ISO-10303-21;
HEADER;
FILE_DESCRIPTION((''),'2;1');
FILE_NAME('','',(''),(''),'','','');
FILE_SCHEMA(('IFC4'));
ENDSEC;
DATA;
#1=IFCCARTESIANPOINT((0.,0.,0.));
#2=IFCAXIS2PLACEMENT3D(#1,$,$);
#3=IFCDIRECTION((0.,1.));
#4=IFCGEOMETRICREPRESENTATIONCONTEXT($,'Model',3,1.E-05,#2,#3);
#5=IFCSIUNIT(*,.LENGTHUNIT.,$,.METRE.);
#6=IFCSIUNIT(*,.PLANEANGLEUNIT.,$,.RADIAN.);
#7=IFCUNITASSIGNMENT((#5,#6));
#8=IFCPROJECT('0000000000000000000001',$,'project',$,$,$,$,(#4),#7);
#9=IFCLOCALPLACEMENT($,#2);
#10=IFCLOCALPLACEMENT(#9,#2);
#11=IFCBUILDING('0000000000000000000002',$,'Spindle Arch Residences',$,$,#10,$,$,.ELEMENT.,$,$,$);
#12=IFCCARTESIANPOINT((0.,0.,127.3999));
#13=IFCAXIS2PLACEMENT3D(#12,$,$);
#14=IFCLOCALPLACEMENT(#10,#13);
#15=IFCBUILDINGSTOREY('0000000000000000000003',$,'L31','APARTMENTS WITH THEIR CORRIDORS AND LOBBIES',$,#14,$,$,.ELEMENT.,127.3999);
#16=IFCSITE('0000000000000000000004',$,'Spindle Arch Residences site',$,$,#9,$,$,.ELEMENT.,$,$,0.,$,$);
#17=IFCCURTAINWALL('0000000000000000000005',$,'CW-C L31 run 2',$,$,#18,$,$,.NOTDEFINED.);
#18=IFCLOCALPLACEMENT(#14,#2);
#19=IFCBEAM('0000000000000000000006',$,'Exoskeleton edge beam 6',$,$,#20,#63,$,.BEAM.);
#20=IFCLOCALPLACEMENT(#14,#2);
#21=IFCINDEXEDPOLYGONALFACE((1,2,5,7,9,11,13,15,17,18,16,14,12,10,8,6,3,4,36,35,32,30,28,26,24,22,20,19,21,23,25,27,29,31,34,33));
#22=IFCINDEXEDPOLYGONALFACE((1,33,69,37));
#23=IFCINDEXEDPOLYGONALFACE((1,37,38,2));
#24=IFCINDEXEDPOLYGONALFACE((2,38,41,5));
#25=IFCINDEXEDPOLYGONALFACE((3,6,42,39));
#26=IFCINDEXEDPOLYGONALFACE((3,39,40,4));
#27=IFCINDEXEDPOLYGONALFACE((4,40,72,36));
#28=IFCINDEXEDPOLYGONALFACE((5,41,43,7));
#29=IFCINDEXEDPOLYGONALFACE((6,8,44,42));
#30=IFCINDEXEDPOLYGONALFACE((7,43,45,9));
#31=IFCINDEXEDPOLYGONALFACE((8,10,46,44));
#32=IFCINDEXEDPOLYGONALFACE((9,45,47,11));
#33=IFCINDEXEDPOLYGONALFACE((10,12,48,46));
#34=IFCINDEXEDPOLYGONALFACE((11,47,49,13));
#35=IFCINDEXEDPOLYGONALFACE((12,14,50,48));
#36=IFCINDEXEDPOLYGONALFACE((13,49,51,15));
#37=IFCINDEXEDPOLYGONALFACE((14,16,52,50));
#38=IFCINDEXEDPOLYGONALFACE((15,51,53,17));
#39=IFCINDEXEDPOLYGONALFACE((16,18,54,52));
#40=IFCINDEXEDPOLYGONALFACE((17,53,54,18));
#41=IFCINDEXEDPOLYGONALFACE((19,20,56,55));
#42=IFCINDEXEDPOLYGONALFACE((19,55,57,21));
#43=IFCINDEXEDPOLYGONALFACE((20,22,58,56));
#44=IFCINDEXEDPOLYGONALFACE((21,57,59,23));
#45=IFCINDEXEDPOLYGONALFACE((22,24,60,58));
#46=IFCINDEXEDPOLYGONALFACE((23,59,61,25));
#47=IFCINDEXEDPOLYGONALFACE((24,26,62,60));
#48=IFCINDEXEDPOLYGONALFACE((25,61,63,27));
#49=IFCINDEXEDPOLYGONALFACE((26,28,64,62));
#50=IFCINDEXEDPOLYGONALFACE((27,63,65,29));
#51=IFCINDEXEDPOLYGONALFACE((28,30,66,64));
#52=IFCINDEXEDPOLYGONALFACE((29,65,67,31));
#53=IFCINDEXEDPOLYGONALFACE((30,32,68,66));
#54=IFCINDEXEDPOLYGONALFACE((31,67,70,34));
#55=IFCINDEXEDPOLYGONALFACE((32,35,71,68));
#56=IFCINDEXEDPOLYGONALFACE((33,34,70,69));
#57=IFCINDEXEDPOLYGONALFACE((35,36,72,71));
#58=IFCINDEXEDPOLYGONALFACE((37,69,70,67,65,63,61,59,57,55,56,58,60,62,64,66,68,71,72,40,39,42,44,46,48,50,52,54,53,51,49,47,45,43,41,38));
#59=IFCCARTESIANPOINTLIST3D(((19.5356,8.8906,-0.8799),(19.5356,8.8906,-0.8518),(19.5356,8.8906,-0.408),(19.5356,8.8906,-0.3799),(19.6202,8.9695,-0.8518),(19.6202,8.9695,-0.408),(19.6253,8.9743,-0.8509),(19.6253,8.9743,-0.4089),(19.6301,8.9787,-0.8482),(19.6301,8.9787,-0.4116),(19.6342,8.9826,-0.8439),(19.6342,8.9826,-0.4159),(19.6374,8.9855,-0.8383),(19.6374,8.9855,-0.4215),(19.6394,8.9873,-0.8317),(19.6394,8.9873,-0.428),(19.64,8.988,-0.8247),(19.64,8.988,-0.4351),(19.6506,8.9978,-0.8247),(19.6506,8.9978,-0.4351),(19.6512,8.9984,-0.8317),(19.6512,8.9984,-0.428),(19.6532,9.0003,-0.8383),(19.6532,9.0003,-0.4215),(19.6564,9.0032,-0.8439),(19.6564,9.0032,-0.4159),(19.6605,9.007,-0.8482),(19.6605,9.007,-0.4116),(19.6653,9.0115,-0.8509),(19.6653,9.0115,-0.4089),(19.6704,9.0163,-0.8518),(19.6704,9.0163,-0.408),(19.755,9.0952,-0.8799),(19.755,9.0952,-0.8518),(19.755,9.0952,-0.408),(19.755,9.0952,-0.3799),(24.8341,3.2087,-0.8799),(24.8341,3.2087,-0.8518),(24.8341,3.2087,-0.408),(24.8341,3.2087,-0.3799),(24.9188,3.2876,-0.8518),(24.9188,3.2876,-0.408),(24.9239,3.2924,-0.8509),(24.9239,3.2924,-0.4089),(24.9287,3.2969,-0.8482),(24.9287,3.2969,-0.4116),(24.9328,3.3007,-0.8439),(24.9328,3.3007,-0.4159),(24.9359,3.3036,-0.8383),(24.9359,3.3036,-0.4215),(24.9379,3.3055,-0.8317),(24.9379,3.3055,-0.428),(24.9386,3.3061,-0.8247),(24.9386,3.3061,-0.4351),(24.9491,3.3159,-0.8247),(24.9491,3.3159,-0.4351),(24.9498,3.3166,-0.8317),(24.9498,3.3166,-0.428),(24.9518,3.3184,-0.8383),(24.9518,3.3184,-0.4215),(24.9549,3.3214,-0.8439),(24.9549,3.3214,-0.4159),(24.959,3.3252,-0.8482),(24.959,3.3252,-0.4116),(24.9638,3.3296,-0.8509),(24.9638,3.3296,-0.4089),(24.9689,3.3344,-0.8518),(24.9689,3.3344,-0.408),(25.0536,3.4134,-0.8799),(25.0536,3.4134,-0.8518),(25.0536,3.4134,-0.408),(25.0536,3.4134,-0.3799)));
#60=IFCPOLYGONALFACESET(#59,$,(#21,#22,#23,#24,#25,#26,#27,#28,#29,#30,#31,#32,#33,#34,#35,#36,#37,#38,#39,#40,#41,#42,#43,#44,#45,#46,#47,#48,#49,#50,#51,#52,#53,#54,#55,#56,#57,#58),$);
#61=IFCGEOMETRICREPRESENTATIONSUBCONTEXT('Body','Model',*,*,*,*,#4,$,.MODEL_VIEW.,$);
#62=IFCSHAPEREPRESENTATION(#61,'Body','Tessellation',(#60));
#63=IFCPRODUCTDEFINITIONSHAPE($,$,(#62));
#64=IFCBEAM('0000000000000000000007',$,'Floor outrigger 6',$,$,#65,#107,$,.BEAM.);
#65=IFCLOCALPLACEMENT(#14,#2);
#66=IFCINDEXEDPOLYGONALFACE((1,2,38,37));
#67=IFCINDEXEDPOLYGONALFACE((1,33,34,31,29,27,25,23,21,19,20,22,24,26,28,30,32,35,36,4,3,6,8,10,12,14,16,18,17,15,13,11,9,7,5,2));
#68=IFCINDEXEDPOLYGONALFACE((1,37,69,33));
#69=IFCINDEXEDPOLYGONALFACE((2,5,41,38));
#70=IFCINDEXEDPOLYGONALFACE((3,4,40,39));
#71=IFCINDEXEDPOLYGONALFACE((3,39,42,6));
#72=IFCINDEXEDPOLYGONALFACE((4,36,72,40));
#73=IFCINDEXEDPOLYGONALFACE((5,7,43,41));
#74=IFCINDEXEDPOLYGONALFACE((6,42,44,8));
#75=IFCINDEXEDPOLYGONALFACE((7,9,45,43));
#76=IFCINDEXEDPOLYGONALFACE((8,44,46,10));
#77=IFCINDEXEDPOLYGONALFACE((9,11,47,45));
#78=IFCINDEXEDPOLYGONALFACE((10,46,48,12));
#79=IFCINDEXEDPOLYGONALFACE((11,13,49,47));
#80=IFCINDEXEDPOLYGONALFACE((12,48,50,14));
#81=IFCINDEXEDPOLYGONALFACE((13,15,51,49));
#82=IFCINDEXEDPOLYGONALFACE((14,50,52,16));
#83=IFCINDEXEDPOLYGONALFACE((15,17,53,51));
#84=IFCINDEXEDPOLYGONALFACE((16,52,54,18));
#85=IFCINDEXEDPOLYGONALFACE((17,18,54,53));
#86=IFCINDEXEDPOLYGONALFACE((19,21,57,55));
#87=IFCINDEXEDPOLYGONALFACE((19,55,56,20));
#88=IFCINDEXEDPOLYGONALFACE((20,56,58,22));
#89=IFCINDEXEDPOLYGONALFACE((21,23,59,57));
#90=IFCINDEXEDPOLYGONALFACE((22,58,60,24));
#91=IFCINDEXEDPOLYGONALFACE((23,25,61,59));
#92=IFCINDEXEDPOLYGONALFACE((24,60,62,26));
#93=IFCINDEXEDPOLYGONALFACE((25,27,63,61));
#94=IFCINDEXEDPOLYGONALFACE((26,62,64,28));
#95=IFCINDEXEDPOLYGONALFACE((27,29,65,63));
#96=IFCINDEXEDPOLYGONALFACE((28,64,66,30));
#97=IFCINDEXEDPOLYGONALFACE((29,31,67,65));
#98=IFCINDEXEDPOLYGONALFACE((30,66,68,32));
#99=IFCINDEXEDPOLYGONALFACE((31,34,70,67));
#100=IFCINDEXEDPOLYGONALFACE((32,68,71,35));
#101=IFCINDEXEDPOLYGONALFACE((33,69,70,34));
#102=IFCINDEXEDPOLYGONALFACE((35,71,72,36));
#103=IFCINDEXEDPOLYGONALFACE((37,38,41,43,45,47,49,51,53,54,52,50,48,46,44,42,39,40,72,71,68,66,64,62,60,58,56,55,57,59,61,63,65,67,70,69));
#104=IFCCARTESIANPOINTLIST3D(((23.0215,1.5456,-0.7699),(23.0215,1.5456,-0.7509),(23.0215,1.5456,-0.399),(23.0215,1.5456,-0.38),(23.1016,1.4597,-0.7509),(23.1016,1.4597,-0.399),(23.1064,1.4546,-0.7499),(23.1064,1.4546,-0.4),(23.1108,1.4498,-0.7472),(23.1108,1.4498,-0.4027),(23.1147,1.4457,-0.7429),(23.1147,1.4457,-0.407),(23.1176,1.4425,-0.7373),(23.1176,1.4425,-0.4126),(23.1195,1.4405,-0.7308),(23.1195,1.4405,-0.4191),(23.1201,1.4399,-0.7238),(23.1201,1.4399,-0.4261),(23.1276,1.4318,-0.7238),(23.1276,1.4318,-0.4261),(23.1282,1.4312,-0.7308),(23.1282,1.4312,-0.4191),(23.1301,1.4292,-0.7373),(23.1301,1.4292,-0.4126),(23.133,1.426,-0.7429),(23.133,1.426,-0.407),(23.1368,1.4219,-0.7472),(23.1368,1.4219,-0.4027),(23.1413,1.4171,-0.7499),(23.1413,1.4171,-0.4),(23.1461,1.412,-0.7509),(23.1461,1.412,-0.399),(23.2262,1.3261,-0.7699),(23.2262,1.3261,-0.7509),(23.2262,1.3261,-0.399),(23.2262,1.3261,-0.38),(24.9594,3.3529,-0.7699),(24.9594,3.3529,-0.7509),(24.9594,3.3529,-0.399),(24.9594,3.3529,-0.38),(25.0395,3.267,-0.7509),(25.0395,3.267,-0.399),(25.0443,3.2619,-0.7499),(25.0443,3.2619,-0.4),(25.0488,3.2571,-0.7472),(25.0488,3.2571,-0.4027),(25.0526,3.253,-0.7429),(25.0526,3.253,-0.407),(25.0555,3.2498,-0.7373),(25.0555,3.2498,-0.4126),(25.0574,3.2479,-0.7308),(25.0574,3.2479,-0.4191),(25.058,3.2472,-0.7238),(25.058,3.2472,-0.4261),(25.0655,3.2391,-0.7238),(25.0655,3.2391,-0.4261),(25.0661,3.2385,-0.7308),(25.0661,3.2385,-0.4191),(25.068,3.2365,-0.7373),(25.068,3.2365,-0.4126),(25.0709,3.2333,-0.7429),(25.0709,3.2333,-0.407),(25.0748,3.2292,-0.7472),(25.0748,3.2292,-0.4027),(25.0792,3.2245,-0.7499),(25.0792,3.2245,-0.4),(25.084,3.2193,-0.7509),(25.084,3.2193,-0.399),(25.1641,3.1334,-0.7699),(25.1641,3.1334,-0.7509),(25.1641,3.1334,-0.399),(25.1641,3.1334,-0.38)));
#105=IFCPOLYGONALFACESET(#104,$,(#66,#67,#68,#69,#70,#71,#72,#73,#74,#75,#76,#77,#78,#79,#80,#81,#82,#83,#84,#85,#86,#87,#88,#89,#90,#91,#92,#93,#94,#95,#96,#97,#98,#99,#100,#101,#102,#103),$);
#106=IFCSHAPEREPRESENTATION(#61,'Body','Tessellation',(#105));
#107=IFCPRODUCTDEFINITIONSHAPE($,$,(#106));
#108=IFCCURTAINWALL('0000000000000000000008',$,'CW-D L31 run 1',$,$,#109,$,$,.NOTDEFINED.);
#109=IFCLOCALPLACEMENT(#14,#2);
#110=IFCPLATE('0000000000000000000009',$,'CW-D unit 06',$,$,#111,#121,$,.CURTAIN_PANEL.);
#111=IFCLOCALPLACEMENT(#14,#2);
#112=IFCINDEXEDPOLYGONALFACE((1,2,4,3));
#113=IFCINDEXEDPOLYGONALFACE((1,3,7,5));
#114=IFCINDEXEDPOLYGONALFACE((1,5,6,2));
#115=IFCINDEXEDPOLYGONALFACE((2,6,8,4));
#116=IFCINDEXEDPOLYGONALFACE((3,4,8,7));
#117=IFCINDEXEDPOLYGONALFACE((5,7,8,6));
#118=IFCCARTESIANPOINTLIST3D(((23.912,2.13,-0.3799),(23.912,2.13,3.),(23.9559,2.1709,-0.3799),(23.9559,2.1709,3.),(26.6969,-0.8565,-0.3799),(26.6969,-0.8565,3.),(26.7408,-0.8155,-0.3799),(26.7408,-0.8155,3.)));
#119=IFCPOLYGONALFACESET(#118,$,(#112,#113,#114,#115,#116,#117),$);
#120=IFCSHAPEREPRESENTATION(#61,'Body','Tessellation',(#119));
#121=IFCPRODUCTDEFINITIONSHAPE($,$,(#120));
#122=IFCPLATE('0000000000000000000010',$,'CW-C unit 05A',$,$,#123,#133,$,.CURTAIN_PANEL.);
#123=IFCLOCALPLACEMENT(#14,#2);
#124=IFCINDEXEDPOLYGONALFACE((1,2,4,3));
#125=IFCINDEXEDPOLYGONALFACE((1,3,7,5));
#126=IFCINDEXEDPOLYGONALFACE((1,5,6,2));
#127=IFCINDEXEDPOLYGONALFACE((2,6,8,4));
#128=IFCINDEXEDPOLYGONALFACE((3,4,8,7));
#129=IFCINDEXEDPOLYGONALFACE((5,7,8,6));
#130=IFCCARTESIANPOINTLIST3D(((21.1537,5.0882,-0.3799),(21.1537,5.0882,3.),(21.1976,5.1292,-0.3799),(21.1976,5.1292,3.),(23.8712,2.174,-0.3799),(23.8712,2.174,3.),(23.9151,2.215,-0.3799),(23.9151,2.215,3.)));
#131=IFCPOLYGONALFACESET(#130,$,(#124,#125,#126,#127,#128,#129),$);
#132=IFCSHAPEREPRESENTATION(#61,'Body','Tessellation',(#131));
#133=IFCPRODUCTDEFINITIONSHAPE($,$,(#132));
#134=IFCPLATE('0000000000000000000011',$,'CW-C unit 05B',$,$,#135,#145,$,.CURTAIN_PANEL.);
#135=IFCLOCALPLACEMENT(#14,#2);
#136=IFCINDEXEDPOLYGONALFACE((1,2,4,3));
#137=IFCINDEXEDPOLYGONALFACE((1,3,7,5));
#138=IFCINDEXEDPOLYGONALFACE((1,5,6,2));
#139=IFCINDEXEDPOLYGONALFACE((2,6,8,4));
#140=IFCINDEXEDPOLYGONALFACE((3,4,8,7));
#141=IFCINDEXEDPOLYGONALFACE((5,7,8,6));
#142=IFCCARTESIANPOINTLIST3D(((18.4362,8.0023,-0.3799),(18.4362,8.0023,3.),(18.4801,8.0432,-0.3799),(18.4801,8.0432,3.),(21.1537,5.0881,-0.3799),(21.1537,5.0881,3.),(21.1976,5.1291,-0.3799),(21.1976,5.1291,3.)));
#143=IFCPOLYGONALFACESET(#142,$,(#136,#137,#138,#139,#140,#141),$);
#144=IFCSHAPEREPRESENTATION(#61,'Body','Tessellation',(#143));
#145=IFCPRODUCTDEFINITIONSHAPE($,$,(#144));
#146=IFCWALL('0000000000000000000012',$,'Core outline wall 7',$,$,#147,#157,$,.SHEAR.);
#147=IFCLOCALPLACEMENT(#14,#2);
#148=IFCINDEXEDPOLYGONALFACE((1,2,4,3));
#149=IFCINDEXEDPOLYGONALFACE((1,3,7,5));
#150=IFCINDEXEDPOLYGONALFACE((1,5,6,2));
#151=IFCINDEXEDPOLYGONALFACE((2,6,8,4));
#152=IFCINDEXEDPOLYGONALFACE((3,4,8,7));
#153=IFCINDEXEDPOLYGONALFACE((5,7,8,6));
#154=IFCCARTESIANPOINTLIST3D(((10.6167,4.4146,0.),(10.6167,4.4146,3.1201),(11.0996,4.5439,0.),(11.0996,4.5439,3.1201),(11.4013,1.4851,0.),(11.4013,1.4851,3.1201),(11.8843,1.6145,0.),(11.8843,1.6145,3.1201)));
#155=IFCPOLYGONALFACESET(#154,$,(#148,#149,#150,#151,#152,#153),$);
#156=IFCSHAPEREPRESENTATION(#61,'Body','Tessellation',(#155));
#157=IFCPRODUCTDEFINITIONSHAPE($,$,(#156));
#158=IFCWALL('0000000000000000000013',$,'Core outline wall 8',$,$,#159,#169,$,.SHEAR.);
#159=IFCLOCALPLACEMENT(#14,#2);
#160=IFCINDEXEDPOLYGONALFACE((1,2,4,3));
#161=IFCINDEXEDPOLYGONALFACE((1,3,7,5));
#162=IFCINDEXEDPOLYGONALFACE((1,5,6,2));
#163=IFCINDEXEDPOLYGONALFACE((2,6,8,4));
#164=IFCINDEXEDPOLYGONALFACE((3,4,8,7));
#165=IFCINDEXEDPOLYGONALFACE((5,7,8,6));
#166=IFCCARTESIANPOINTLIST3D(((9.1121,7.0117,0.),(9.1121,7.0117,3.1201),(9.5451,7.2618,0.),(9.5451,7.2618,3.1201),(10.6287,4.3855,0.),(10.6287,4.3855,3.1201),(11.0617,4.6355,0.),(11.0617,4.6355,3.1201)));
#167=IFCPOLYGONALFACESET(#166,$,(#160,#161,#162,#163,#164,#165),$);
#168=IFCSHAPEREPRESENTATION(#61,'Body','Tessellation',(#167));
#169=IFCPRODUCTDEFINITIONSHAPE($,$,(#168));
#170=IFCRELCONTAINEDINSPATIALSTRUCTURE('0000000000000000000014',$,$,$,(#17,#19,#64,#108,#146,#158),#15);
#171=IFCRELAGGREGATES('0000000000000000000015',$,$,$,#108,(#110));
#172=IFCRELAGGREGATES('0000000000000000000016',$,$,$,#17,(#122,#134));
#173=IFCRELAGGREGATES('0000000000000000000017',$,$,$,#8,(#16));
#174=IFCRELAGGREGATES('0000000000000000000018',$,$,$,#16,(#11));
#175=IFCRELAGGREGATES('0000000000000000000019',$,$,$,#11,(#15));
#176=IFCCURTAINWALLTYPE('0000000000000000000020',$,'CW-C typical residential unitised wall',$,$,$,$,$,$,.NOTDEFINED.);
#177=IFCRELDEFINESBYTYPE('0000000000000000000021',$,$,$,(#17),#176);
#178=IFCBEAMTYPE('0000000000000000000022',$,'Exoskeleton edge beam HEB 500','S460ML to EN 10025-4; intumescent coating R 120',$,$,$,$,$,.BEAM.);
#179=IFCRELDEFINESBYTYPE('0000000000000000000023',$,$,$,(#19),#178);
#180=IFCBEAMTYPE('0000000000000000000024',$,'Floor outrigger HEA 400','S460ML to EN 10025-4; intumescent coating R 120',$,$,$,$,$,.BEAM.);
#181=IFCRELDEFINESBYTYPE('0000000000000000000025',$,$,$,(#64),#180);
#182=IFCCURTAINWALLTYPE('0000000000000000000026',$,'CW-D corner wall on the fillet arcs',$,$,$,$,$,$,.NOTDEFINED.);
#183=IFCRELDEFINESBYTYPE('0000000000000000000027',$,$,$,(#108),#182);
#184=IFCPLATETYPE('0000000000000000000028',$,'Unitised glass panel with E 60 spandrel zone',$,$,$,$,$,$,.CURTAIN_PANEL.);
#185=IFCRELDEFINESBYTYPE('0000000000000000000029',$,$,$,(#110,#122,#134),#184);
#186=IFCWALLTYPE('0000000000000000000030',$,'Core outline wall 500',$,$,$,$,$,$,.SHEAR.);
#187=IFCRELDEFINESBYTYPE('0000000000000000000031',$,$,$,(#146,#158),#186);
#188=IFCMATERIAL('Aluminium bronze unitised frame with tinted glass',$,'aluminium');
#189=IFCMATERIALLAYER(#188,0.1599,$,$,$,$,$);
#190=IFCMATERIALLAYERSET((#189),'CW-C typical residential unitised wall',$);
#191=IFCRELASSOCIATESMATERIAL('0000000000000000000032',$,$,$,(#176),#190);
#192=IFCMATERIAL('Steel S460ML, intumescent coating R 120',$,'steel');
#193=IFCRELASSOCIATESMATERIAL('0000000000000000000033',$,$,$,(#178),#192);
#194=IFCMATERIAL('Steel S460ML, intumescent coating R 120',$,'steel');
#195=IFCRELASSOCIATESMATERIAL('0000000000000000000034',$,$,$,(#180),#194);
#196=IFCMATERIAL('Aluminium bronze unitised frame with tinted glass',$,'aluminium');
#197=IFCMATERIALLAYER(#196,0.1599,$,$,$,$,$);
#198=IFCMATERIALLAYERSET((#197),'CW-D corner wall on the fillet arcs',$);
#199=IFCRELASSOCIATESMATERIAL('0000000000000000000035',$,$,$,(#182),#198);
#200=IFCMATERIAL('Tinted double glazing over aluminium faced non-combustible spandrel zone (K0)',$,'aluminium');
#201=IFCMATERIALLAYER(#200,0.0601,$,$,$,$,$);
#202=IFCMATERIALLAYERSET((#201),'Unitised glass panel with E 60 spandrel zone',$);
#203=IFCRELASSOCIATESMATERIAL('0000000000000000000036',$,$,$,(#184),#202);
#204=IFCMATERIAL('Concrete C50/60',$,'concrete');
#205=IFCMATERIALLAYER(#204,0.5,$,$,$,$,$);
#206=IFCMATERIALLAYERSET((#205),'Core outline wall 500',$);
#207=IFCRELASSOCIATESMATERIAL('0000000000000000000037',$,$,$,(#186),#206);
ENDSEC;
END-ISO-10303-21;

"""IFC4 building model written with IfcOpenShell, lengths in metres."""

from ifc_helpers import new_model, si_unit, direction, frame, frame_2d, origin, origin_2d, place, context, subcontext, project, spatial, rectangle, i_section, extrude, material, layer, layer_set, material_profile, profile_set, type_object, element, aggregate, save


model = new_model("IFC4")

# Units and contexts
model_context = context("Model", 3, precision=1e-05, world=origin(), true_north=direction((0.0, 1.0)))
body_context = subcontext(model_context, "Body", "Model", "MODEL_VIEW")
ifc_project = project(units=[si_unit("LENGTHUNIT", "METRE"), si_unit("PLANEANGLEUNIT", "RADIAN")], contexts=[model_context])

# Site, building, storey
site_placement = place(None, origin())
site = spatial("IfcSite", under=ifc_project, at=site_placement, Name="Spindle Arch Residences site", CompositionType="ELEMENT", RefElevation=0.0)
building_placement = place(site_placement, origin())
building = spatial("IfcBuilding", under=site, at=building_placement, Name="Spindle Arch Residences", CompositionType="ELEMENT")
storey_placement = place(building_placement, frame((0.0, 0.0, 127.3999)))
storey = spatial("IfcBuildingStorey", under=building, at=storey_placement, Name="L31", Description="APARTMENTS WITH THEIR CORRIDORS AND LOBBIES", CompositionType="ELEMENT", Elevation=127.3999)

# Curtain wall
ifc_material_1 = material(Name="Aluminium bronze unitised frame with tinted glass", Category="aluminium")
ifc_layer_1 = layer(ifc_material_1, 0.1599)
ifc_layer_set_1 = layer_set([ifc_layer_1], Name="CW-C typical residential unitised wall")
curtain_wall_type_1 = type_object("IfcCurtainWallType", Name="CW-C typical residential unitised wall", PredefinedType="NOTDEFINED", material=ifc_layer_set_1)
curtain_wall_1_placement = place(storey_placement, origin())
curtain_wall_1 = element("IfcCurtainWall", 1, at=curtain_wall_1_placement, inside=storey, type_object=curtain_wall_type_1, Name="CW-C L31 run 2", PredefinedType="NOTDEFINED")

# Beams
ifc_material_2 = material(Name="Steel S460ML, intumescent coating R 120", Category="steel")
ifc_material_profile_1 = material_profile(ifc_material_2, i_section(OverallWidth=0.3, OverallDepth=0.5, WebThickness=0.0144, FlangeThickness=0.0281, FilletRadius=0.0271, at=origin_2d()), Name="HEB 500")
ifc_profile_set_1 = profile_set([ifc_material_profile_1], Name="Steel S460ML, intumescent coating R 120")
beam_type_1 = type_object("IfcBeamType", Name="Exoskeleton edge beam HEB 500", Description="S460ML to EN 10025-4; intumescent coating R 120", PredefinedType="BEAM", material=ifc_profile_set_1)
beam_1_placement = place(storey_placement, frame((24.9438, 3.311, -0.6299), z_axis=(-0.682008, 0.731345, 0.0), x_axis=(-0.731345, -0.682008, 0.0)))
element("IfcBeam", 2, at=beam_1_placement, inside=storey, type_object=beam_type_1, Name="Exoskeleton edge beam 6", PredefinedType="BEAM", context=body_context, shape_type="SweptSolid", body=[
    extrude(i_section(OverallWidth=0.3, OverallDepth=0.5, WebThickness=0.0144, FlangeThickness=0.0281, FilletRadius=0.0271, at=origin_2d()), origin(), (0.0, 0.0, 1.0), 7.769),
])
ifc_material_3 = material(Name="Steel S460ML, intumescent coating R 120", Category="steel")
ifc_material_profile_2 = material_profile(ifc_material_3, i_section(OverallWidth=0.3, OverallDepth=0.3899, WebThickness=0.011, FlangeThickness=0.019, FilletRadius=0.0271, at=origin_2d()), Name="HEA 400")
ifc_profile_set_2 = profile_set([ifc_material_profile_2], Name="Steel S460ML, intumescent coating R 120")
beam_type_2 = type_object("IfcBeamType", Name="Floor outrigger HEA 400", Description="S460ML to EN 10025-4; intumescent coating R 120", PredefinedType="BEAM", material=ifc_profile_set_2)
beam_2_placement = place(storey_placement, frame((25.0618, 3.2432, -0.575), z_axis=(-0.731322, -0.682033, 0.0), x_axis=(0.682033, -0.731322, 0.0)))
element("IfcBeam", 3, at=beam_2_placement, inside=storey, type_object=beam_type_2, Name="Floor outrigger 6", PredefinedType="BEAM", context=body_context, shape_type="SweptSolid", body=[
    extrude(i_section(OverallWidth=0.3, OverallDepth=0.3899, WebThickness=0.011, FlangeThickness=0.019, FilletRadius=0.0271, at=origin_2d()), origin(), (0.0, 0.0, 1.0), 2.6499),
])

# Curtain wall, plate
ifc_material_4 = material(Name="Aluminium bronze unitised frame with tinted glass", Category="aluminium")
ifc_layer_2 = layer(ifc_material_4, 0.1599)
ifc_layer_set_2 = layer_set([ifc_layer_2], Name="CW-D corner wall on the fillet arcs")
curtain_wall_type_2 = type_object("IfcCurtainWallType", Name="CW-D corner wall on the fillet arcs", PredefinedType="NOTDEFINED", material=ifc_layer_set_2)
curtain_wall_2_placement = place(storey_placement, origin())
curtain_wall_2 = element("IfcCurtainWall", 4, at=curtain_wall_2_placement, inside=storey, type_object=curtain_wall_type_2, Name="CW-D L31 run 1", PredefinedType="NOTDEFINED")
ifc_material_5 = material(Name="Tinted double glazing over aluminium faced non-combustible spandrel zone (K0)", Category="aluminium")
ifc_layer_3 = layer(ifc_material_5, 0.0601)
ifc_layer_set_3 = layer_set([ifc_layer_3], Name="Unitised glass panel with E 60 spandrel zone")
plate_type = type_object("IfcPlateType", Name="Unitised glass panel with E 60 spandrel zone", PredefinedType="CURTAIN_PANEL", material=ifc_layer_set_3)
plate_1_placement = place(storey_placement, frame((25.3264, 0.6572, -0.3799), z_axis=(0.0, 0.0, 1.0), x_axis=(-0.681998, 0.731354, 0.0)))
plate_1 = element("IfcPlate", 5, at=plate_1_placement, type_object=plate_type, Name="CW-D unit 06", PredefinedType="CURTAIN_PANEL", context=body_context, shape_type="SweptSolid", body=[
    extrude(rectangle(XDim=4.0835, YDim=0.0601, at=origin_2d()), origin(), (0.0, 0.0, 1.0), 3.3799),
])
aggregate(curtain_wall_2, [plate_1])

# Plates
plate_2_placement = place(storey_placement, frame((22.5344, 3.6516, -0.3799), z_axis=(0.0, 0.0, 1.0), x_axis=(-0.681998, 0.731354, 0.0)))
plate_2 = element("IfcPlate", 6, at=plate_2_placement, type_object=plate_type, Name="CW-C unit 05A", PredefinedType="CURTAIN_PANEL", context=body_context, shape_type="SweptSolid", body=[
    extrude(rectangle(XDim=3.9846, YDim=0.0601, at=origin_2d()), origin(), (0.0, 0.0, 1.0), 3.3799),
])
plate_3_placement = place(storey_placement, frame((19.8169, 6.5657, -0.3799), z_axis=(0.0, 0.0, 1.0), x_axis=(-0.681998, 0.731354, 0.0)))
plate_3 = element("IfcPlate", 7, at=plate_3_placement, type_object=plate_type, Name="CW-C unit 05B", PredefinedType="CURTAIN_PANEL", context=body_context, shape_type="SweptSolid", body=[
    extrude(rectangle(XDim=3.9846, YDim=0.0601, at=origin_2d()), origin(), (0.0, 0.0, 1.0), 3.3799),
])
aggregate(curtain_wall_1, [plate_2, plate_3])

# Walls
ifc_material_6 = material(Name="Concrete C50/60", Category="concrete")
ifc_layer_4 = layer(ifc_material_6, 0.5)
ifc_layer_set_4 = layer_set([ifc_layer_4], Name="Core outline wall 500")
wall_type_1 = type_object("IfcWallType", Name="Core outline wall 500", PredefinedType="SHEAR", material=ifc_layer_set_4)
for number, where, z_axis, x_axis, name in (
    (8, (11.6428, 1.5498, 0.0), (0.0, 0.0, 1.0), (-0.258735, 0.965948, 0.0), "Core outline wall 7"),
    (9, (10.8452, 4.5105, 0.0), (0.0, 0.0, 1.0), (-0.500087, 0.865975, 0.0), "Core outline wall 8"),
):
    element("IfcWall", number, at=place(storey_placement, frame(where, z_axis=z_axis, x_axis=x_axis)), inside=storey, type_object=wall_type_1, Name=name, PredefinedType="SHEAR", context=body_context, shape_type="SweptSolid", body=[
        extrude(rectangle(XDim=3.0327, YDim=0.5, at=frame_2d((1.5164, 0.0))), origin(), (0.0, 0.0, 1.0), 3.1201),
    ])

save(model, "model.ifc")
